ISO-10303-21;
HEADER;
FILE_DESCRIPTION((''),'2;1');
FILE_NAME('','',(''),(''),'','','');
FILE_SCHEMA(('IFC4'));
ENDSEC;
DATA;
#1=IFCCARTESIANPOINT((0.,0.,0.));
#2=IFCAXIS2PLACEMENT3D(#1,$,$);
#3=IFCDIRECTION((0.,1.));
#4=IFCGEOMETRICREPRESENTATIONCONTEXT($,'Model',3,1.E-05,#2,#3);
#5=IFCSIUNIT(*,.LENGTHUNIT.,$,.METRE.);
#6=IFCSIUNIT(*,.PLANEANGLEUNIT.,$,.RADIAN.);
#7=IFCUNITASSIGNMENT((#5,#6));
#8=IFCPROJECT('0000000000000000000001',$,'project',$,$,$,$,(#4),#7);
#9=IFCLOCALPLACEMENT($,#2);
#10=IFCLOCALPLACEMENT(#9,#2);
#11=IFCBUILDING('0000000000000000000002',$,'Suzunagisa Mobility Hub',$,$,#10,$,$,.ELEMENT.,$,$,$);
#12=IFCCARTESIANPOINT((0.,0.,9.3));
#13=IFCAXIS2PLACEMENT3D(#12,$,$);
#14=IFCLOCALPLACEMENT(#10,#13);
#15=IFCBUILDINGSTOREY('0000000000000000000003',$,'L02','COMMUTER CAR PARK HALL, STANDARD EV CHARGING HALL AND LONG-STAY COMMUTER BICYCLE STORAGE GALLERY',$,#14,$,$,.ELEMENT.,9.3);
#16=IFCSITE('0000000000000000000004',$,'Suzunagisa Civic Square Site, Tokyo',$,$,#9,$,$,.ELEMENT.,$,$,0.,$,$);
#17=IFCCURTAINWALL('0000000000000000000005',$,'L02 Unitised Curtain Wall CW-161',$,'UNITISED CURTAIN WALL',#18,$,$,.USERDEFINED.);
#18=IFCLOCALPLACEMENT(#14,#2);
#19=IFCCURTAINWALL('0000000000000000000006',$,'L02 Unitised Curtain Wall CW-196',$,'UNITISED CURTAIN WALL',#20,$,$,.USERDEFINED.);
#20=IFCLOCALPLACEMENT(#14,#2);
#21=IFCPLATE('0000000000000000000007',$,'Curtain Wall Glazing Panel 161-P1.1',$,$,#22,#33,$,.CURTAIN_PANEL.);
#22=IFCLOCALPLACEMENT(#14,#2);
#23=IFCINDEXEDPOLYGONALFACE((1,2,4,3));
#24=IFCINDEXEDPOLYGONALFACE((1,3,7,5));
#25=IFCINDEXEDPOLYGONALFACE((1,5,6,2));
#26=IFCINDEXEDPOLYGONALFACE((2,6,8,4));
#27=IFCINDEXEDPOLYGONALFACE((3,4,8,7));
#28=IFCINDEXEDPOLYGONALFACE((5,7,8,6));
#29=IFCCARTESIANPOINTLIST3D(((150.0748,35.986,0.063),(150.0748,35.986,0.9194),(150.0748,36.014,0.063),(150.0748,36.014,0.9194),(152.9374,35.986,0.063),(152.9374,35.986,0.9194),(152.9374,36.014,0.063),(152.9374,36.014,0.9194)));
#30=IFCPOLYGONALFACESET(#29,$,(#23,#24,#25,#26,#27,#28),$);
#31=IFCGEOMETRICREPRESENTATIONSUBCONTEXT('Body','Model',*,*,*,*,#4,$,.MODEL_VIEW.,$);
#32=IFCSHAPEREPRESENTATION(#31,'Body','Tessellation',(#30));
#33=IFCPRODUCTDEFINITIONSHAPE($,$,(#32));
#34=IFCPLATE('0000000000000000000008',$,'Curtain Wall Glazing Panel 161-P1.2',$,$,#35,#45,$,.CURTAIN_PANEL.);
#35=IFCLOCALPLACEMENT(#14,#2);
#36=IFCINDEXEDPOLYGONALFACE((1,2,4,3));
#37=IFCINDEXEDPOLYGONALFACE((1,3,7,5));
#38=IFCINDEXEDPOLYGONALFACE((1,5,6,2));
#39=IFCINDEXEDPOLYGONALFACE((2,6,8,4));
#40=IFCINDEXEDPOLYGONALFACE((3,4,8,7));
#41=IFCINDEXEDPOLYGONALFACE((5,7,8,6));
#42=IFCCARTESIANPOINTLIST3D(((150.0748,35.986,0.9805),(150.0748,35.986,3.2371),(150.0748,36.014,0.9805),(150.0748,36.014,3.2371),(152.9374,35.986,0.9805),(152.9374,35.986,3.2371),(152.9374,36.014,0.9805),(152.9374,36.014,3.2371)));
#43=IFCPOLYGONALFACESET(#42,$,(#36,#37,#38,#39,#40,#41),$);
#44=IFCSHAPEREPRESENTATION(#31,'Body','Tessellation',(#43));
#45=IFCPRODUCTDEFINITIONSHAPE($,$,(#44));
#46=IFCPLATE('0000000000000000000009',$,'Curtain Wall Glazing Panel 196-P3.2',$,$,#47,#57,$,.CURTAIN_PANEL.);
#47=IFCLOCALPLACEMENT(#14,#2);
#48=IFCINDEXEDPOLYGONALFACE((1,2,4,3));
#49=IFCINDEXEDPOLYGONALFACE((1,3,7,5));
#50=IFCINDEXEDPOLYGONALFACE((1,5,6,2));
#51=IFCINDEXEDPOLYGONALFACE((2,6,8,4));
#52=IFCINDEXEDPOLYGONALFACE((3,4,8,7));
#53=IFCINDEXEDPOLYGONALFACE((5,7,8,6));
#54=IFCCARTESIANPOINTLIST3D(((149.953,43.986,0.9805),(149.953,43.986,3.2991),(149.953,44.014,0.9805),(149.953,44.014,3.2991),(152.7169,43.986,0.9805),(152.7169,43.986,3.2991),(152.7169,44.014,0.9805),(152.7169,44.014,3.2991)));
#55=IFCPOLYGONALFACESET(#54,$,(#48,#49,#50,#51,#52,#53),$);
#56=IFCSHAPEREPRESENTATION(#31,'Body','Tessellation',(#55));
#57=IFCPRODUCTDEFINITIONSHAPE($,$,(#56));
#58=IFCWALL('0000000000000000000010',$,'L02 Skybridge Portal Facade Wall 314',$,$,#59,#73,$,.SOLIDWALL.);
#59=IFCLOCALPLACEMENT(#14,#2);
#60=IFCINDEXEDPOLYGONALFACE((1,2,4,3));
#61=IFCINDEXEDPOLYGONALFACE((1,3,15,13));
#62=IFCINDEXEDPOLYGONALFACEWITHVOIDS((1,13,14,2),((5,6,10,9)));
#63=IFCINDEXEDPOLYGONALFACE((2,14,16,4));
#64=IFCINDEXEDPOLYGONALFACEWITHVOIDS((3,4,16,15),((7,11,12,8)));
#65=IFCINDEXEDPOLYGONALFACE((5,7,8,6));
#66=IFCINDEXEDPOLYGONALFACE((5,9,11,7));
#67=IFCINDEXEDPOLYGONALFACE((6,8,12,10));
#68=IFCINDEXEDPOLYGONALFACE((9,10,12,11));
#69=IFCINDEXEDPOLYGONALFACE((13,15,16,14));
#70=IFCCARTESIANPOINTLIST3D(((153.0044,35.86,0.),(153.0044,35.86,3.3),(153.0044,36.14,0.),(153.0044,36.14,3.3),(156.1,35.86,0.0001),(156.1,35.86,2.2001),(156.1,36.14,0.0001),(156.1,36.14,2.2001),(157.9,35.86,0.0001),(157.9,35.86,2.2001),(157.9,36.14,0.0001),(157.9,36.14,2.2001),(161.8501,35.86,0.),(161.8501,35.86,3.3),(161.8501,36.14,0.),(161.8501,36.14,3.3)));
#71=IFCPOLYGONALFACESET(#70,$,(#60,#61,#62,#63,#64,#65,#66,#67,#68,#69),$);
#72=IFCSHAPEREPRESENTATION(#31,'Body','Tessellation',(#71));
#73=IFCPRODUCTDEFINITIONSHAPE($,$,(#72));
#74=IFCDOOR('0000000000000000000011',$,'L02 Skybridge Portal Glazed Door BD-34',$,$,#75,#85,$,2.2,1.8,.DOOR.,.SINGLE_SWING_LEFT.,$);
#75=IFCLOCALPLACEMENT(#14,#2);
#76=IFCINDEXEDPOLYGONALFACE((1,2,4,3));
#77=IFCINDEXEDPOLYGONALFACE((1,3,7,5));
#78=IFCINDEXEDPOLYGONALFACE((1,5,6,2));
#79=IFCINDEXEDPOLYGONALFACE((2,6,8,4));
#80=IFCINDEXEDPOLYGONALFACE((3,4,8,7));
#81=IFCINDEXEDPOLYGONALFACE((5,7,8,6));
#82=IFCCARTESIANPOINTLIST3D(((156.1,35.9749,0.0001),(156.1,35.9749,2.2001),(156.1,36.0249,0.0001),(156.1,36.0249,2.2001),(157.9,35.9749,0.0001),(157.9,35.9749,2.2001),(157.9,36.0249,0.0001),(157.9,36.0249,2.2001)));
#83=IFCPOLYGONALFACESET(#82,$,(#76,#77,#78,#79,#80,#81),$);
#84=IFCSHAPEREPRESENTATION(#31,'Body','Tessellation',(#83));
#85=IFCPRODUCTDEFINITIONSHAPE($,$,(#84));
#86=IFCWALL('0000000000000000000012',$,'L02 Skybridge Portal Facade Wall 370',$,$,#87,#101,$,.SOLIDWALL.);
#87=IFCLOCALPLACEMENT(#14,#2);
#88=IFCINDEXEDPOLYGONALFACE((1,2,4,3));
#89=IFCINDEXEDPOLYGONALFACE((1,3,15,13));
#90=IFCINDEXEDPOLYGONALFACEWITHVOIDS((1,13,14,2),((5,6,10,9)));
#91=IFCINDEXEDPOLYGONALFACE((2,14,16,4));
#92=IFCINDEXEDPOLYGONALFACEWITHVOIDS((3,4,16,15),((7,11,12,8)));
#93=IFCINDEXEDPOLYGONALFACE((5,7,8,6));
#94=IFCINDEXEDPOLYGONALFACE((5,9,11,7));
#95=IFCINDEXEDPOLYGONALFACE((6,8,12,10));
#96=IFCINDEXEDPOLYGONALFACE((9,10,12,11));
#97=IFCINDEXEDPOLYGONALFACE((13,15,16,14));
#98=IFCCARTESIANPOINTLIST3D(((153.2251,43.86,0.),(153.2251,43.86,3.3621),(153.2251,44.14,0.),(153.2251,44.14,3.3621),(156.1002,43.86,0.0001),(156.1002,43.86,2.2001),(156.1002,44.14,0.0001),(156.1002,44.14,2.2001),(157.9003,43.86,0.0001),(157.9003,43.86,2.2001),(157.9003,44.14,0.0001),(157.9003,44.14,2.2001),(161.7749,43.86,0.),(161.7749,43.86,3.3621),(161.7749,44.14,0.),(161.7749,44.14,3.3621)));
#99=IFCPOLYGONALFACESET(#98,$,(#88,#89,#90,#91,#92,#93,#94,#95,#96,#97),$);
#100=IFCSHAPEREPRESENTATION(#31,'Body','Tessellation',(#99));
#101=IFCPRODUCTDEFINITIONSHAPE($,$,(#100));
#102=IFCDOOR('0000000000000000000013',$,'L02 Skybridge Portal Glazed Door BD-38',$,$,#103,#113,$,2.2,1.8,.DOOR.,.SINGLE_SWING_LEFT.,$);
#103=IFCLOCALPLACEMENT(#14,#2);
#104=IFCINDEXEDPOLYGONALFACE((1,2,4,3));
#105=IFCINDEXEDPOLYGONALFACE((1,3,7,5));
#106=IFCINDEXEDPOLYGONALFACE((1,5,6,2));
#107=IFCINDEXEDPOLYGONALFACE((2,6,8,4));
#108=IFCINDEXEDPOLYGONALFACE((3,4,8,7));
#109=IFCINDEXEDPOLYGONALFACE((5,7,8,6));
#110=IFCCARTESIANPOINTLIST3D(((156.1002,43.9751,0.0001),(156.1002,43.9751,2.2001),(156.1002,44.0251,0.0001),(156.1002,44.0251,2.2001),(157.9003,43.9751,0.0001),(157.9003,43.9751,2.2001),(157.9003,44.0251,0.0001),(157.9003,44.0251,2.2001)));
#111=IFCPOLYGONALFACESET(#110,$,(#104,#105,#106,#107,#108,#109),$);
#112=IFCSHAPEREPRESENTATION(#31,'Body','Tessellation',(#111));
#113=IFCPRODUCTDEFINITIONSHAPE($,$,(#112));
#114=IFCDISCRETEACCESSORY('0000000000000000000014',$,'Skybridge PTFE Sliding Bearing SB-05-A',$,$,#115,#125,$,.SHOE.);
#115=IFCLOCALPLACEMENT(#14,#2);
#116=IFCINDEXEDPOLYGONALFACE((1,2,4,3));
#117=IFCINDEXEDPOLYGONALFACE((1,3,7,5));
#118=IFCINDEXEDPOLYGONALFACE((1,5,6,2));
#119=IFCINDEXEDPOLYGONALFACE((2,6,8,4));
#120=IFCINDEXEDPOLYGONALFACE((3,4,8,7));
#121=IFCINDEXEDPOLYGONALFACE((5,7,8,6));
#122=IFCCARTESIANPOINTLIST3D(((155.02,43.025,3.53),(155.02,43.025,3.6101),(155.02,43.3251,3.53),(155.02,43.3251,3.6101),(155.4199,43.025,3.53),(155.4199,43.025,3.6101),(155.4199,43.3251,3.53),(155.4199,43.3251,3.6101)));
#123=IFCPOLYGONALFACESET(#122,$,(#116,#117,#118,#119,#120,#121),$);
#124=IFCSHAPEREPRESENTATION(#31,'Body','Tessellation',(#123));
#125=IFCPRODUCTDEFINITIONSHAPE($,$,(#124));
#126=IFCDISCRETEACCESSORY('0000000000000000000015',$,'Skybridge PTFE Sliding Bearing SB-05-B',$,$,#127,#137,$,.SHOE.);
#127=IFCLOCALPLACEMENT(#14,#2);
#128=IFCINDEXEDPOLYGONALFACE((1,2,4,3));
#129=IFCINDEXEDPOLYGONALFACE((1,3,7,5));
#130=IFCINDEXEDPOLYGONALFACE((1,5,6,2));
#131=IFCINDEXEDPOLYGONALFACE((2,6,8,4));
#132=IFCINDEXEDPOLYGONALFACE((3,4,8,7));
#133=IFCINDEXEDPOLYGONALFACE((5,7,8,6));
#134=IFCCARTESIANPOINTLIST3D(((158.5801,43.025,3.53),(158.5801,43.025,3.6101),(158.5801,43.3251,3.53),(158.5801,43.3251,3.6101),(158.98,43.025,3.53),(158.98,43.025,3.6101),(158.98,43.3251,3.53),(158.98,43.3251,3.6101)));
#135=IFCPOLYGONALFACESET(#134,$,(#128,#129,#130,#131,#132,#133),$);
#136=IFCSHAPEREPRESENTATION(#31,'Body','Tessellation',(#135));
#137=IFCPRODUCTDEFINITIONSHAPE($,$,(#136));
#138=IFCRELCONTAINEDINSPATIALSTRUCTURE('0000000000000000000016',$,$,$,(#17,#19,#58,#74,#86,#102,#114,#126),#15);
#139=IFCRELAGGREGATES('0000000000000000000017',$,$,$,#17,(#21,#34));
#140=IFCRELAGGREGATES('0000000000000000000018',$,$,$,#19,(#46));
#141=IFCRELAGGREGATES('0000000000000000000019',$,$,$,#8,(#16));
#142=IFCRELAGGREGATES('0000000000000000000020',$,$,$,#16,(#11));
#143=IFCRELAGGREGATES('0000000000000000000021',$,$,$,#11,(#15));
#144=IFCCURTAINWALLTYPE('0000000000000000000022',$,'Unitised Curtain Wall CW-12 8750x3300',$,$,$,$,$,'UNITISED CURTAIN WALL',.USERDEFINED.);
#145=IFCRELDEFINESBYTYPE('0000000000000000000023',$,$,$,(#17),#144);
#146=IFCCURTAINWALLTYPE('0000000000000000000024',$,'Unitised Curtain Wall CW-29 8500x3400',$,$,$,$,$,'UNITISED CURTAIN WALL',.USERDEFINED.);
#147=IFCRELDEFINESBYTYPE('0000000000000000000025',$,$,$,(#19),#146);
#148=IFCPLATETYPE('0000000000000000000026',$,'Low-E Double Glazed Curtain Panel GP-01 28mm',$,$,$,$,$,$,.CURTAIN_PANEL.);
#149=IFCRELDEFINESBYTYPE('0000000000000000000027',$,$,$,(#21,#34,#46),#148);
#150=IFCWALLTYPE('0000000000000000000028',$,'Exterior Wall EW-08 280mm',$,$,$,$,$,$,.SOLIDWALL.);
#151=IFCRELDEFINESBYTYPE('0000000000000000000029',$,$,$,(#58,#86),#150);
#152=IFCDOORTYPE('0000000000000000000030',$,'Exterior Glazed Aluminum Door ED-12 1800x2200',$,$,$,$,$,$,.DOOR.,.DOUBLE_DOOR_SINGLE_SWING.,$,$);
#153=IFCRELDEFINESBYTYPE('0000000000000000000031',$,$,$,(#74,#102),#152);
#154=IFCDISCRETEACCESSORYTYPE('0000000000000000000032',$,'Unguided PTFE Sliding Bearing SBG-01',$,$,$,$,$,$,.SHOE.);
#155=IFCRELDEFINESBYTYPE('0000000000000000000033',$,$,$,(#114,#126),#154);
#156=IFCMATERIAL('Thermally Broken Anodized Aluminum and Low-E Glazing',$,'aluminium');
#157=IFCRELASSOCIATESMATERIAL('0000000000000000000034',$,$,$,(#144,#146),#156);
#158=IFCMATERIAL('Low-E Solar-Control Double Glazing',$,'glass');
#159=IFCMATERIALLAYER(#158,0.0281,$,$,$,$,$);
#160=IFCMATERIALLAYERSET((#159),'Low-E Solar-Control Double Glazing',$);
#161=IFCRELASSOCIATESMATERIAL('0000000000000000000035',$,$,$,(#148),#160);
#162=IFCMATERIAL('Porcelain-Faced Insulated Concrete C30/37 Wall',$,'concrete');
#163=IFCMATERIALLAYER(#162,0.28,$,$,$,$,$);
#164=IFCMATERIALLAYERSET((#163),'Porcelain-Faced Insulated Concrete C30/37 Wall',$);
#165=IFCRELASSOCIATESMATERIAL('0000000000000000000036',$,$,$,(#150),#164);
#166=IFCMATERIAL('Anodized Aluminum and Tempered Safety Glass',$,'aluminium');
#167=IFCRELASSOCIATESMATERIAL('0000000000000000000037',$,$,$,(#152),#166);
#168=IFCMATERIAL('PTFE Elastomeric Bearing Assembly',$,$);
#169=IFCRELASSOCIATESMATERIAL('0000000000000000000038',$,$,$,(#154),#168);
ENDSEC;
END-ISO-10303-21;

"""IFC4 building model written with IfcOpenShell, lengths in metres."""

from ifc_helpers import new_model, si_unit, direction, frame, frame_2d, origin, origin_2d, place, context, subcontext, project, spatial, rectangle, extrude, material, layer, layer_set, type_object, element, fill, aggregate, save


model = new_model("IFC4")

# Units and contexts
model_context = context("Model", 3, precision=1e-05, world=origin(), true_north=direction((0.0, 1.0)))
body_context = subcontext(model_context, "Body", "Model", "MODEL_VIEW")
ifc_project = project(units=[si_unit("LENGTHUNIT", "METRE"), si_unit("PLANEANGLEUNIT", "RADIAN")], contexts=[model_context])

# Site, building, storey
site_placement = place(None, origin())
site = spatial("IfcSite", under=ifc_project, at=site_placement, Name="Suzunagisa Civic Square Site, Tokyo", CompositionType="ELEMENT", RefElevation=0.0)
building_placement = place(site_placement, origin())
building = spatial("IfcBuilding", under=site, at=building_placement, Name="Suzunagisa Mobility Hub", CompositionType="ELEMENT")
storey_placement = place(building_placement, frame((0.0, 0.0, 9.3)))
storey = spatial("IfcBuildingStorey", under=building, at=storey_placement, Name="L02", Description="COMMUTER CAR PARK HALL, STANDARD EV CHARGING HALL AND LONG-STAY COMMUTER BICYCLE STORAGE GALLERY", CompositionType="ELEMENT", Elevation=9.3)

# Curtain wall
ifc_material_1 = material(Name="Thermally Broken Anodized Aluminum and Low-E Glazing", Category="aluminium")
curtain_wall_type_1 = type_object("IfcCurtainWallType", Name="Unitised Curtain Wall CW-12 8750x3300", ElementType="UNITISED CURTAIN WALL", PredefinedType="USERDEFINED", material=ifc_material_1)
curtain_wall_1_placement = place(storey_placement, origin())
curtain_wall_1 = element("IfcCurtainWall", 1, at=curtain_wall_1_placement, inside=storey, type_object=curtain_wall_type_1, Name="L02 Unitised Curtain Wall CW-161", ObjectType="UNITISED CURTAIN WALL", PredefinedType="USERDEFINED")

# Curtain wall
curtain_wall_type_2 = type_object("IfcCurtainWallType", Name="Unitised Curtain Wall CW-29 8500x3400", ElementType="UNITISED CURTAIN WALL", PredefinedType="USERDEFINED", material=ifc_material_1)
curtain_wall_2_placement = place(storey_placement, origin())
curtain_wall_2 = element("IfcCurtainWall", 2, at=curtain_wall_2_placement, inside=storey, type_object=curtain_wall_type_2, Name="L02 Unitised Curtain Wall CW-196", ObjectType="UNITISED CURTAIN WALL", PredefinedType="USERDEFINED")

# Plates
ifc_material_2 = material(Name="Low-E Solar-Control Double Glazing", Category="glass")
ifc_layer_1 = layer(ifc_material_2, 0.0281)
ifc_layer_set_1 = layer_set([ifc_layer_1], Name="Low-E Solar-Control Double Glazing")
plate_type = type_object("IfcPlateType", Name="Low-E Double Glazed Curtain Panel GP-01 28mm", PredefinedType="CURTAIN_PANEL", material=ifc_layer_set_1)
plate_1_placement = place(storey_placement, frame((151.5061, 36.0, 0.063), z_axis=(0.0, 0.0, 1.0), x_axis=(-1.0, 0.0, 0.0)))
plate_1 = element("IfcPlate", 3, at=plate_1_placement, type_object=plate_type, Name="Curtain Wall Glazing Panel 161-P1.1", PredefinedType="CURTAIN_PANEL", context=body_context, shape_type="SweptSolid", body=[
    extrude(rectangle(XDim=2.8625, YDim=0.0281, at=origin_2d()), origin(), (0.0, 0.0, 1.0), 0.8564),
])
plate_2_placement = place(storey_placement, frame((151.5061, 36.0, 0.9805), z_axis=(0.0, 0.0, 1.0), x_axis=(-1.0, 0.0, 0.0)))
plate_2 = element("IfcPlate", 4, at=plate_2_placement, type_object=plate_type, Name="Curtain Wall Glazing Panel 161-P1.2", PredefinedType="CURTAIN_PANEL", context=body_context, shape_type="SweptSolid", body=[
    extrude(rectangle(XDim=2.8625, YDim=0.0281, at=origin_2d()), origin(), (0.0, 0.0, 1.0), 2.2566),
])
aggregate(curtain_wall_1, [plate_1, plate_2])
plate_3_placement = place(storey_placement, frame((151.335, 44.0, 0.9805), z_axis=(0.0, 0.0, 1.0), x_axis=(1.0, 0.0, 0.0)))
plate_3 = element("IfcPlate", 5, at=plate_3_placement, type_object=plate_type, Name="Curtain Wall Glazing Panel 196-P3.2", PredefinedType="CURTAIN_PANEL", context=body_context, shape_type="SweptSolid", body=[
    extrude(rectangle(XDim=2.7639, YDim=0.0281, at=origin_2d()), origin(), (0.0, 0.0, 1.0), 2.3186),
])
aggregate(curtain_wall_2, [plate_3])

# Walls, openings, doors
ifc_material_3 = material(Name="Porcelain-Faced Insulated Concrete C30/37 Wall", Category="concrete")
ifc_layer_2 = layer(ifc_material_3, 0.28)
ifc_layer_set_2 = layer_set([ifc_layer_2], Name="Porcelain-Faced Insulated Concrete C30/37 Wall")
wall_type = type_object("IfcWallType", Name="Exterior Wall EW-08 280mm", PredefinedType="SOLIDWALL", material=ifc_layer_set_2)
wall_1_placement = place(storey_placement, frame((161.8501, 36.0, 0.0), z_axis=(0.0, 0.0, 1.0), x_axis=(-1.0, 0.0, 0.0)))
wall_1 = element("IfcWall", 6, at=wall_1_placement, inside=storey, type_object=wall_type, Name="L02 Skybridge Portal Facade Wall 314", PredefinedType="SOLIDWALL", context=body_context, shape_type="SweptSolid", body=[
    extrude(rectangle(XDim=8.8457, YDim=0.28, at=frame_2d((4.4229, 0.0))), origin(), (0.0, 0.0, 1.0), 3.3),
])
opening_1_placement = place(wall_1_placement, frame((5.75, 0.0, 0.0), z_axis=(0.0, 0.0, 1.0), x_axis=(-1.0, 0.0, 0.0)))
opening_1 = element("IfcOpeningElement", 7, at=opening_1_placement, cuts=wall_1, PredefinedType="OPENING", context=body_context, shape_type="SweptSolid", body=[
    extrude(rectangle(XDim=1.8, YDim=2.2, at=frame_2d((0.8999, 1.1001))), frame((0.0, 0.1509, 0.0), z_axis=(0.0, -1.0, 0.0), x_axis=(1.0, 0.0, 0.0)), (0.0, 0.0, 1.0), 0.302),
])
ifc_material_4 = material(Name="Anodized Aluminum and Tempered Safety Glass", Category="aluminium")
door_type = type_object("IfcDoorType", Name="Exterior Glazed Aluminum Door ED-12 1800x2200", OperationType="DOUBLE_DOOR_SINGLE_SWING", PredefinedType="DOOR", material=ifc_material_4)
door_1_placement = place(opening_1_placement, origin())
door_1 = element("IfcDoor", 8, at=door_1_placement, inside=storey, type_object=door_type, Name="L02 Skybridge Portal Glazed Door BD-34", OperationType="SINGLE_SWING_LEFT", OverallHeight=2.2, OverallWidth=1.8, PredefinedType="DOOR", context=body_context, shape_type="SweptSolid", body=[
    extrude(rectangle(XDim=1.8, YDim=2.2, at=frame_2d((0.8999, 1.1001))), frame((0.0, 0.0249, 0.0), z_axis=(0.0, -1.0, 0.0), x_axis=(1.0, 0.0, 0.0)), (0.0, 0.0, 1.0), 0.05),
])
fill(opening_1, door_1)
wall_2_placement = place(storey_placement, frame((153.2251, 44.0, 0.0), z_axis=(0.0, 0.0, 1.0), x_axis=(1.0, 0.0, 0.0)))
wall_2 = element("IfcWall", 9, at=wall_2_placement, inside=storey, type_object=wall_type, Name="L02 Skybridge Portal Facade Wall 370", PredefinedType="SOLIDWALL", context=body_context, shape_type="SweptSolid", body=[
    extrude(rectangle(XDim=8.5498, YDim=0.28, at=frame_2d((4.2749, 0.0))), origin(), (0.0, 0.0, 1.0), 3.3621),
])
opening_2_placement = place(wall_2_placement, frame((4.675, 0.0, 0.0), z_axis=(0.0, 0.0, 1.0), x_axis=(-1.0, 0.0, 0.0)))
opening_2 = element("IfcOpeningElement", 10, at=opening_2_placement, cuts=wall_2, PredefinedType="OPENING", context=body_context, shape_type="SweptSolid", body=[
    extrude(rectangle(XDim=1.8, YDim=2.2, at=frame_2d((0.8999, 1.1001))), frame((0.0, 0.1509, 0.0), z_axis=(0.0, -1.0, 0.0), x_axis=(1.0, 0.0, 0.0)), (0.0, 0.0, 1.0), 0.302),
])
door_2_placement = place(opening_2_placement, origin())
door_2 = element("IfcDoor", 11, at=door_2_placement, inside=storey, type_object=door_type, Name="L02 Skybridge Portal Glazed Door BD-38", OperationType="SINGLE_SWING_LEFT", OverallHeight=2.2, OverallWidth=1.8, PredefinedType="DOOR", context=body_context, shape_type="SweptSolid", body=[
    extrude(rectangle(XDim=1.8, YDim=2.2, at=frame_2d((0.8999, 1.1001))), frame((0.0, 0.0249, 0.0), z_axis=(0.0, -1.0, 0.0), x_axis=(1.0, 0.0, 0.0)), (0.0, 0.0, 1.0), 0.05),
])
fill(opening_2, door_2)

# Discrete accessories
ifc_material_5 = material(Name="PTFE Elastomeric Bearing Assembly")
discrete_accessory_type = type_object("IfcDiscreteAccessoryType", Name="Unguided PTFE Sliding Bearing SBG-01", PredefinedType="SHOE", material=ifc_material_5)
for number, where, z_axis, x_axis, name in (
    (12, (155.22, 43.175, 3.53), (0.0, 0.0, 1.0), (1.0, 0.0, 0.0), "Skybridge PTFE Sliding Bearing SB-05-A"),
    (13, (158.78, 43.175, 3.53), (0.0, 0.0, 1.0), (1.0, 0.0, 0.0), "Skybridge PTFE Sliding Bearing SB-05-B"),
):
    element("IfcDiscreteAccessory", number, at=place(storey_placement, frame(where, z_axis=z_axis, x_axis=x_axis)), inside=storey, type_object=discrete_accessory_type, Name=name, PredefinedType="SHOE", context=body_context, shape_type="SweptSolid", body=[
        extrude(rectangle(XDim=0.3999, YDim=0.3, at=origin_2d()), origin(), (0.0, 0.0, 1.0), 0.0801),
    ])

save(model, "model.ifc")
